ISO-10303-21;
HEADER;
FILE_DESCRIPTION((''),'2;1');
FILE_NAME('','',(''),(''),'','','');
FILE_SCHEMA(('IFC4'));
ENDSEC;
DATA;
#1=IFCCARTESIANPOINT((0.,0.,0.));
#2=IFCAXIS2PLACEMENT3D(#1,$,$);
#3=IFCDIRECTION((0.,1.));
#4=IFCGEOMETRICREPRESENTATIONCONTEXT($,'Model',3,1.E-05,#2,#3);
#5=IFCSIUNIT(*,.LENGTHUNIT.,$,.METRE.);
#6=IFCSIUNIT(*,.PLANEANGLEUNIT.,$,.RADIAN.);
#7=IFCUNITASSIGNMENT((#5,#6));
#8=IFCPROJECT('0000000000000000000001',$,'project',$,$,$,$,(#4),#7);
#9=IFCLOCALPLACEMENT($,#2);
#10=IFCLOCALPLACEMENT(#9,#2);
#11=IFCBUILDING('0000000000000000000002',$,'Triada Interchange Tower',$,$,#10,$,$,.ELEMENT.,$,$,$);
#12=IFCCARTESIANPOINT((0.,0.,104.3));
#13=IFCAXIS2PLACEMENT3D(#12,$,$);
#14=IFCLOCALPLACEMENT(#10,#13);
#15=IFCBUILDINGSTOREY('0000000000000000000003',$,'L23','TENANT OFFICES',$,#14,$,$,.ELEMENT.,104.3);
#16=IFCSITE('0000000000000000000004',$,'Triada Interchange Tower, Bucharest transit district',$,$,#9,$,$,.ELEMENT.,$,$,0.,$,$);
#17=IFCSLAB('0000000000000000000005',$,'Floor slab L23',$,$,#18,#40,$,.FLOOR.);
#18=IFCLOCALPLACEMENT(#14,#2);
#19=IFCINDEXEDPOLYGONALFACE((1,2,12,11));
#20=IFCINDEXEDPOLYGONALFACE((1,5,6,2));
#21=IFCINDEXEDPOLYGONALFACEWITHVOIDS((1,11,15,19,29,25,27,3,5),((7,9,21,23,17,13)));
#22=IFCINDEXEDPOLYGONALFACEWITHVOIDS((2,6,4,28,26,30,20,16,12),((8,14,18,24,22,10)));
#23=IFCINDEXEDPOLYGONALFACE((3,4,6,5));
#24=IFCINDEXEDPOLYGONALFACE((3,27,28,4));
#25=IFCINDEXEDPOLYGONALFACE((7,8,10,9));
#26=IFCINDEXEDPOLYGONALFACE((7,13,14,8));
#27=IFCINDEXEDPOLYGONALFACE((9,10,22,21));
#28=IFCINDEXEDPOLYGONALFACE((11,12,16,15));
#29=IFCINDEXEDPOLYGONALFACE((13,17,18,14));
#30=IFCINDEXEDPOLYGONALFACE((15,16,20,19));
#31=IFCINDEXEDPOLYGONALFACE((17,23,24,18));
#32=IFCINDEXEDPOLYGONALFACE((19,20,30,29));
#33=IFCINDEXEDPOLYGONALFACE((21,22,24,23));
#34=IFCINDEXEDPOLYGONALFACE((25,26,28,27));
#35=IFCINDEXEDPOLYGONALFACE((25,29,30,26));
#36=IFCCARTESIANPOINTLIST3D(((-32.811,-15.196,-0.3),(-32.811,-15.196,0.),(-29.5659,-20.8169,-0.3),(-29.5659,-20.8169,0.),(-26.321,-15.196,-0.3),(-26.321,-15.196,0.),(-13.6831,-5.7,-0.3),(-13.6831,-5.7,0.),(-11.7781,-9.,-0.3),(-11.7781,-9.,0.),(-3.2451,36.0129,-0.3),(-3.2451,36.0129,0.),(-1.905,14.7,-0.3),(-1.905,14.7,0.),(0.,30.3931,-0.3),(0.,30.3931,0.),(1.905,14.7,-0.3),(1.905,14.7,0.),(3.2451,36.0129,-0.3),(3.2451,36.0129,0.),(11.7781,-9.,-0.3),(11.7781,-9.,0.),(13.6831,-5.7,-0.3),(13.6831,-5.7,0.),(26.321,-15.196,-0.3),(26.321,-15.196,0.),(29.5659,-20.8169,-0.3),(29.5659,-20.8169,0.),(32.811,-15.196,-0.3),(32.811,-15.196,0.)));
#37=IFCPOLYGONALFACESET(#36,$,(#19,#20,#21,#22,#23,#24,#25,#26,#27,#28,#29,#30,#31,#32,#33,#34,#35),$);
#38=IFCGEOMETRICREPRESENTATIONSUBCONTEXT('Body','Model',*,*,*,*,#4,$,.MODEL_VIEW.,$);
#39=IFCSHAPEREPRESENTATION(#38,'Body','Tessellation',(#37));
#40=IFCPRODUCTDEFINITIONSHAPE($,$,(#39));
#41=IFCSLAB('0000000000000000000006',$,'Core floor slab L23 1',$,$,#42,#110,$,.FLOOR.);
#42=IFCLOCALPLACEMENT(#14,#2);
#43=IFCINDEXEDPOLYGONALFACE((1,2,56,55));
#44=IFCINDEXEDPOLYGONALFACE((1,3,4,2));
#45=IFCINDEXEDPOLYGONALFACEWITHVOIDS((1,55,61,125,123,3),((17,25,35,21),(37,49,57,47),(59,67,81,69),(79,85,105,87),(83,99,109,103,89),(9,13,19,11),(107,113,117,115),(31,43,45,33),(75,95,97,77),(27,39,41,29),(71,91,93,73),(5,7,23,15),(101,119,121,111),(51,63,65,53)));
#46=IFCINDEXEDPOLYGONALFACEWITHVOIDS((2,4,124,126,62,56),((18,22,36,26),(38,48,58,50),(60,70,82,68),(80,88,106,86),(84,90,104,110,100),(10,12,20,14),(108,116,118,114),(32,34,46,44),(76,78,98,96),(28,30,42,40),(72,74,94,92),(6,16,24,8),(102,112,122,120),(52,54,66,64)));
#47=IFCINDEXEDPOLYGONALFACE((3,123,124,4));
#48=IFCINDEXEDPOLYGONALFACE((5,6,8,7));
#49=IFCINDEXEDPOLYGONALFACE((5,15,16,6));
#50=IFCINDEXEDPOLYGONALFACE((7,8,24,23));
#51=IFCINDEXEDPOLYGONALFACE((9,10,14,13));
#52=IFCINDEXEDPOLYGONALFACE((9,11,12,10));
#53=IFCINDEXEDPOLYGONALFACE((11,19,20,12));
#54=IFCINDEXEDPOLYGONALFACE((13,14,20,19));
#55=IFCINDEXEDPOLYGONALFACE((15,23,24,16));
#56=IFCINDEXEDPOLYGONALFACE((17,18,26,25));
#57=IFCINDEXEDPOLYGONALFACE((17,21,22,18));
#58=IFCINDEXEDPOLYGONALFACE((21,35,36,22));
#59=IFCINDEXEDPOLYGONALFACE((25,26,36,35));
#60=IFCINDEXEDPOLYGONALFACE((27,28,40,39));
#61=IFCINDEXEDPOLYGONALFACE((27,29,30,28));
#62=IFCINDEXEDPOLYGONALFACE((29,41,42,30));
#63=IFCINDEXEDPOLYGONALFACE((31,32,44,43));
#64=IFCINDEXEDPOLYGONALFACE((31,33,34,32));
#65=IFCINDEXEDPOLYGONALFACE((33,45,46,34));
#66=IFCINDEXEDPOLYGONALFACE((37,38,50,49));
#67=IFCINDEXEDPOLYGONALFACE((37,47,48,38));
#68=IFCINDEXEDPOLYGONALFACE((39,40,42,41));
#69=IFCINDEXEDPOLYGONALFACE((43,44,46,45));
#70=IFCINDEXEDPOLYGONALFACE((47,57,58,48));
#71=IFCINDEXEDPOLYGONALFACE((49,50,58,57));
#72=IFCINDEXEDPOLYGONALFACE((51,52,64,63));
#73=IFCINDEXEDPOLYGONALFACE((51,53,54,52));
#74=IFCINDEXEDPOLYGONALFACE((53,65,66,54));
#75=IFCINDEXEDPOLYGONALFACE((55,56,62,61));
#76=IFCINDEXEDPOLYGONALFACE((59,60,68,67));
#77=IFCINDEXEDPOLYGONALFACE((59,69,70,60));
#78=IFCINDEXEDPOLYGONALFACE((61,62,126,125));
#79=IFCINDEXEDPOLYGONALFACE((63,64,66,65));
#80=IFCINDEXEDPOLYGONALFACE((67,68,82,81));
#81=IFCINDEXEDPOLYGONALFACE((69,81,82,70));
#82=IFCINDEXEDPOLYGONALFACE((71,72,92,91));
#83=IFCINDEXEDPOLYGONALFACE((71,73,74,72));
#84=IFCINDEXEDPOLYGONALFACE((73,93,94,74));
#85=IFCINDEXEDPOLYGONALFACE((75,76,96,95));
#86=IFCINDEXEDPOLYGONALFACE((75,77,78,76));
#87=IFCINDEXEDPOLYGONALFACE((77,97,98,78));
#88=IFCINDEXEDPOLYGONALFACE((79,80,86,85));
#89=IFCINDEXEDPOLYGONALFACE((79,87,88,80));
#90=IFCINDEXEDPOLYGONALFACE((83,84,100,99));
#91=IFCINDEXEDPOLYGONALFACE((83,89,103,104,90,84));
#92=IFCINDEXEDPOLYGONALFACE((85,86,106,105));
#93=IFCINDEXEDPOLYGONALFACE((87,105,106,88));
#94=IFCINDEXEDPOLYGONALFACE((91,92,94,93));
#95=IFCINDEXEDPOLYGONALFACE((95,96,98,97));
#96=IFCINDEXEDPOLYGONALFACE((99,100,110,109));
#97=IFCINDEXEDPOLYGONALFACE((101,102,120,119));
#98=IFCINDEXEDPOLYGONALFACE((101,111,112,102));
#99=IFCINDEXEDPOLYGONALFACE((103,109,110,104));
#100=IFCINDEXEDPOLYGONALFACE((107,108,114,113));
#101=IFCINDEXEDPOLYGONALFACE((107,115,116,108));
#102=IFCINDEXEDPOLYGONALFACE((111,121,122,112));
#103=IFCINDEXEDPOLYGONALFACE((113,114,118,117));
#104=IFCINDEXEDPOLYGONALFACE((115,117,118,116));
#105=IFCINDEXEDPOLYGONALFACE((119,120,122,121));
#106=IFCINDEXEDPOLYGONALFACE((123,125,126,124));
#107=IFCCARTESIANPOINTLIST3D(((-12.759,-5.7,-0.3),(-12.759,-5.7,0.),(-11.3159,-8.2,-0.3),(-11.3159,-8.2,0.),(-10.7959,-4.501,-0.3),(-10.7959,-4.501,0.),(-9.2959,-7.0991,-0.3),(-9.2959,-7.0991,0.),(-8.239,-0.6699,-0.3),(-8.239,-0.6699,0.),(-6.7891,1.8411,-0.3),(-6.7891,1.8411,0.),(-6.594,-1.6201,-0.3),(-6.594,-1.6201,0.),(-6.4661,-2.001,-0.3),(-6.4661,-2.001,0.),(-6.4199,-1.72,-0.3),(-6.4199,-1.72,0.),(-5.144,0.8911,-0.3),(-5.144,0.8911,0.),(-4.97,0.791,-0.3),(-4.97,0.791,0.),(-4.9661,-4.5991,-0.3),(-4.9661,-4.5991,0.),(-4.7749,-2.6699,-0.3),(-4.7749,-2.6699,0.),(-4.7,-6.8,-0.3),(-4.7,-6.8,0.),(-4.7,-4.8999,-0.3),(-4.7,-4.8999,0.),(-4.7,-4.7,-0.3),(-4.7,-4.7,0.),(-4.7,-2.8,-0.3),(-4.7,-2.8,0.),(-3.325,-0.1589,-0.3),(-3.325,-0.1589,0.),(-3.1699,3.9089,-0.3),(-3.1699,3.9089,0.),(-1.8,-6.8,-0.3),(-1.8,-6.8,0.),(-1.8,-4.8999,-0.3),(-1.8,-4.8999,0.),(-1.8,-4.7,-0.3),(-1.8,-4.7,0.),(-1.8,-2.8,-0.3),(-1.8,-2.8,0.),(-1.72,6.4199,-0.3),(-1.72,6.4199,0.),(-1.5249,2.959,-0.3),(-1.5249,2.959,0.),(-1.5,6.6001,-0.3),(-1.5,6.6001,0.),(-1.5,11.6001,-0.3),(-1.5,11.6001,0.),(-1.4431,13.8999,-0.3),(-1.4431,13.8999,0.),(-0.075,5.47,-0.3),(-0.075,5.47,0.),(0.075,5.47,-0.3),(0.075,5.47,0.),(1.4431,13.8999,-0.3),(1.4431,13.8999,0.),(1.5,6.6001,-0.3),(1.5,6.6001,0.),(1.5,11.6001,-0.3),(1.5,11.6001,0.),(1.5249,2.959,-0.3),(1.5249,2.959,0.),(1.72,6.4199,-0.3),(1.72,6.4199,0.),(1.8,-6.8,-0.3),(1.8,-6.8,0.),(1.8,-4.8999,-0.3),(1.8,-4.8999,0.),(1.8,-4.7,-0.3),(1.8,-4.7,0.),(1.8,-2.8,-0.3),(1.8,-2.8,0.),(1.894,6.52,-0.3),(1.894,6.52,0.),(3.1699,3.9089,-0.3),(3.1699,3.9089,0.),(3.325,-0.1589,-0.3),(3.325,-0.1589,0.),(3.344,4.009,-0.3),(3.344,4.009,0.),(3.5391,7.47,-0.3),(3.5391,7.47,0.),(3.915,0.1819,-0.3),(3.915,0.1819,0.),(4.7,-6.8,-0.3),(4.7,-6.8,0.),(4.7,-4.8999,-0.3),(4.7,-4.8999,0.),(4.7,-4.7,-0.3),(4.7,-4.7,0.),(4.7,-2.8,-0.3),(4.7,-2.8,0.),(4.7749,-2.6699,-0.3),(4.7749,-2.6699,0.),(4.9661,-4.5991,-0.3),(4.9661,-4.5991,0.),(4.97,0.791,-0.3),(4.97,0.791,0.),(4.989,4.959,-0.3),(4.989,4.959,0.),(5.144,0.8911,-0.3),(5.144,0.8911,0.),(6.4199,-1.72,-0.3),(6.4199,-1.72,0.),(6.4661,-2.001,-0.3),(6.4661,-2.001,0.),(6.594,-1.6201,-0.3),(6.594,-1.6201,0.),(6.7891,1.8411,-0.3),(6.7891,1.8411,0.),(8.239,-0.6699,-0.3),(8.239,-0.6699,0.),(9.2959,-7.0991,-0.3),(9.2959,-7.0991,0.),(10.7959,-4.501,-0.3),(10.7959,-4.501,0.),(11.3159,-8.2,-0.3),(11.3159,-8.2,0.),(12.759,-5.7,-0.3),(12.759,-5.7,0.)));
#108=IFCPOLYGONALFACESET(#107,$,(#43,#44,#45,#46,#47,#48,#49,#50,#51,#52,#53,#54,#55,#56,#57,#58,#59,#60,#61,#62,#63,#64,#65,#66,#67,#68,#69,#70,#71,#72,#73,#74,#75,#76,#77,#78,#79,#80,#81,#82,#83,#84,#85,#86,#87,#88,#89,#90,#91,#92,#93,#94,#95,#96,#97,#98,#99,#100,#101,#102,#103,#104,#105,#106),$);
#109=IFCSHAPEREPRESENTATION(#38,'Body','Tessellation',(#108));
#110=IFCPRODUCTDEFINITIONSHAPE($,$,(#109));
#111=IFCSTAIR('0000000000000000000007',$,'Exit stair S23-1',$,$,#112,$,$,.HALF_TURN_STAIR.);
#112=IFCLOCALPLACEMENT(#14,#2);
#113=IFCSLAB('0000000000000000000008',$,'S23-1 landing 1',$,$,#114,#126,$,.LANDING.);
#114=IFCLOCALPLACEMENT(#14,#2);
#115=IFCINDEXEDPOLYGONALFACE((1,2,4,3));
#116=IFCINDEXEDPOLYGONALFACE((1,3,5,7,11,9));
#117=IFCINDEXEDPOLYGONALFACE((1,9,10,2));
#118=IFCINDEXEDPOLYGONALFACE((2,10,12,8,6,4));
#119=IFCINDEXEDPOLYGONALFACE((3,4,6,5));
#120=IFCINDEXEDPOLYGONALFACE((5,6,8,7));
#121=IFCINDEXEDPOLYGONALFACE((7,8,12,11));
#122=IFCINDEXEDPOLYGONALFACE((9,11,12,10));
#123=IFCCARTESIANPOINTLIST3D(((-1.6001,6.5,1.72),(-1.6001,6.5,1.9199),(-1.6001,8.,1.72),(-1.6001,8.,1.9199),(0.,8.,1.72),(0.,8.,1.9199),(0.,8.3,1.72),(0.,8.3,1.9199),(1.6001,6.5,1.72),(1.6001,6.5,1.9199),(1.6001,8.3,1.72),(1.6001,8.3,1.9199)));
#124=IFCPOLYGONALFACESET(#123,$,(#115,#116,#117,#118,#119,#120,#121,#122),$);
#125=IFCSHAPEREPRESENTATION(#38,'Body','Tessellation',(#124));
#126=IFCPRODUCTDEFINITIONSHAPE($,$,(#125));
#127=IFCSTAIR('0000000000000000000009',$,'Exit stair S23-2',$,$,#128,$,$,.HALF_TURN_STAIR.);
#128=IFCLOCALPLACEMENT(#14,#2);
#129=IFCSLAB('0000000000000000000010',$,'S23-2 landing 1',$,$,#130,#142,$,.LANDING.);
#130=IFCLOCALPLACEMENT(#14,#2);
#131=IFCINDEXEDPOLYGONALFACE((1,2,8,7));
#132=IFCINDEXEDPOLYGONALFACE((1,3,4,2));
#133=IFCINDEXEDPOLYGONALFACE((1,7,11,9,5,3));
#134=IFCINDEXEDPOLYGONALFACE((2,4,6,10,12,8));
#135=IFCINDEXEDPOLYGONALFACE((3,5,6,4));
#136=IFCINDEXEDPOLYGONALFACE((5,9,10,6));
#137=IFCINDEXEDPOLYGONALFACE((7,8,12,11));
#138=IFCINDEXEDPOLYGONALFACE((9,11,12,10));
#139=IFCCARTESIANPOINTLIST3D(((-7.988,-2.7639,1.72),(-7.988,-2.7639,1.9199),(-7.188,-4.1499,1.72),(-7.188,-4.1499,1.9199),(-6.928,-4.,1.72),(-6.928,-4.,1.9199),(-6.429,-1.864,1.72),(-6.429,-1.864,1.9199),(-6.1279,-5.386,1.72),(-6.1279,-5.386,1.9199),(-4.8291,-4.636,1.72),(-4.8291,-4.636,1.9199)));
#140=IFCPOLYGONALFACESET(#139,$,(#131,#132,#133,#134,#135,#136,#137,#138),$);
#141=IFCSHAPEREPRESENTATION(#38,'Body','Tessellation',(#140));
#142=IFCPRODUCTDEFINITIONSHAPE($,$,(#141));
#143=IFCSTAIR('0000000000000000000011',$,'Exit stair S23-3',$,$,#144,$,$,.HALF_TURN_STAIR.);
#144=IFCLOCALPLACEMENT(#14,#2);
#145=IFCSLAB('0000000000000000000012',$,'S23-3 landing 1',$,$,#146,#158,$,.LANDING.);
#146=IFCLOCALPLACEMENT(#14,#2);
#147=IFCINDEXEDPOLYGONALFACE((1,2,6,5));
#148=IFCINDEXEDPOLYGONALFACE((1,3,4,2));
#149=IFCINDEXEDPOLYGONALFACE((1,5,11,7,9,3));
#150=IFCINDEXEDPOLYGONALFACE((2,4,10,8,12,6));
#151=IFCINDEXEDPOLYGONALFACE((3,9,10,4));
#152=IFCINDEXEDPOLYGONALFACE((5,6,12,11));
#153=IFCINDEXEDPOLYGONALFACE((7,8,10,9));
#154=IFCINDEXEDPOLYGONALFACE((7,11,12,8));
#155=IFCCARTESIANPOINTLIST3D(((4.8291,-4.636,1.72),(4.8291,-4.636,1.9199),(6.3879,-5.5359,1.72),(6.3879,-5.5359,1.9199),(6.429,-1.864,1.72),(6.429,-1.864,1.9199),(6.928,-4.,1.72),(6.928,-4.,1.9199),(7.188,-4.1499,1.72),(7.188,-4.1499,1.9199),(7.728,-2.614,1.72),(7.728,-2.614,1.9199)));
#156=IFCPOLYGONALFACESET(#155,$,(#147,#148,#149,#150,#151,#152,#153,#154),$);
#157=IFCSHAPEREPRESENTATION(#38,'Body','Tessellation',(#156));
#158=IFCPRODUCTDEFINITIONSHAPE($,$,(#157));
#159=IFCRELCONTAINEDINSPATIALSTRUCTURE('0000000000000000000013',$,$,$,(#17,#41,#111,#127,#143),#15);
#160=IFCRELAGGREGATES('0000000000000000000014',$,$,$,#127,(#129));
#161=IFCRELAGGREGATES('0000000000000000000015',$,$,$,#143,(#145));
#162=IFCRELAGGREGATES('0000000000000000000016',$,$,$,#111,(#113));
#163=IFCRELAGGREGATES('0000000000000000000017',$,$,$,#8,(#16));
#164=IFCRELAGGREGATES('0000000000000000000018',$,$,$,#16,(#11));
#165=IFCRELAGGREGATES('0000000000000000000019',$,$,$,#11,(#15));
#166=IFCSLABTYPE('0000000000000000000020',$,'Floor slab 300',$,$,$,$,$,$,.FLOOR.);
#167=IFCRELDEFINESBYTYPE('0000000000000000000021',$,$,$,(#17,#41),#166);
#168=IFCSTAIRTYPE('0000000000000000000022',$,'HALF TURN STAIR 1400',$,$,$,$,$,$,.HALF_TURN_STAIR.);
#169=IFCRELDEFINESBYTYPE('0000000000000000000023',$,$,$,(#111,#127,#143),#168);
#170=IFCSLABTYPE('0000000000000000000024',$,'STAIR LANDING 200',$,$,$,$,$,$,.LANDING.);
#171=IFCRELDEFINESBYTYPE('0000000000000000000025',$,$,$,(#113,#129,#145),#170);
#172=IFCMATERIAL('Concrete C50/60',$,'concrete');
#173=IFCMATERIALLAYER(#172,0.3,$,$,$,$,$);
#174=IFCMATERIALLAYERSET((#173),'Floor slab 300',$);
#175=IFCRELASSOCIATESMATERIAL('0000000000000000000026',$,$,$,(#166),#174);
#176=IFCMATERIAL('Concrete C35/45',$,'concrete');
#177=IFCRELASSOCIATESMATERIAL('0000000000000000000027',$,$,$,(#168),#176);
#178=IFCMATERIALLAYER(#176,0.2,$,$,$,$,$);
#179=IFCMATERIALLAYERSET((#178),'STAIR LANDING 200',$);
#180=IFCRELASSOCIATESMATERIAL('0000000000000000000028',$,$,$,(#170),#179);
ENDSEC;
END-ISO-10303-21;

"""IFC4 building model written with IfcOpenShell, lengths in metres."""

from ifc_helpers import new_model, si_unit, direction, frame, origin, place, context, subcontext, project, spatial, polyline, outline, extrude, material, layer, layer_set, type_object, element, aggregate, save


model = new_model("IFC4")

# Units and contexts
model_context = context("Model", 3, precision=1e-05, world=origin(), true_north=direction((0.0, 1.0)))
body_context = subcontext(model_context, "Body", "Model", "MODEL_VIEW")
ifc_project = project(units=[si_unit("LENGTHUNIT", "METRE"), si_unit("PLANEANGLEUNIT", "RADIAN")], contexts=[model_context])

# Site, building, storey
site_placement = place(None, origin())
site = spatial("IfcSite", under=ifc_project, at=site_placement, Name="Triada Interchange Tower, Bucharest transit district", CompositionType="ELEMENT", RefElevation=0.0)
building_placement = place(site_placement, origin())
building = spatial("IfcBuilding", under=site, at=building_placement, Name="Triada Interchange Tower", CompositionType="ELEMENT")
storey_placement = place(building_placement, frame((0.0, 0.0, 104.3)))
storey = spatial("IfcBuildingStorey", under=building, at=storey_placement, Name="L23", Description="TENANT OFFICES", CompositionType="ELEMENT", Elevation=104.3)

# Slabs
ifc_material_1 = material(Name="Concrete C50/60", Category="concrete")
ifc_layer_1 = layer(ifc_material_1, 0.3)
ifc_layer_set_1 = layer_set([ifc_layer_1], Name="Floor slab 300")
slab_type_1 = type_object("IfcSlabType", Name="Floor slab 300", PredefinedType="FLOOR", material=ifc_layer_set_1)
slab_1_placement = place(storey_placement, frame((0.0, 0.0, -0.3)))
element("IfcSlab", 1, at=slab_1_placement, inside=storey, type_object=slab_type_1, Name="Floor slab L23", PredefinedType="FLOOR", context=body_context, shape_type="SweptSolid", body=[
    extrude(outline(polyline([(-3.2451, 36.0129), (-32.811, -15.196), (-26.321, -15.196), (-29.5659, -20.8169), (29.5659, -20.8169), (26.321, -15.196), (32.811, -15.196), (3.2451, 36.0129), (0.0, 30.3931), (-3.2451, 36.0129)]), holes=[polyline([(1.905, 14.7), (-1.905, 14.7), (-13.6831, -5.7), (-11.7781, -9.0), (11.7781, -9.0), (13.6831, -5.7), (1.905, 14.7)])]), origin(), (0.0, 0.0, 1.0), 0.3),
])
slab_2_placement = place(storey_placement, frame((0.0, 0.0, -0.3)))
element("IfcSlab", 2, at=slab_2_placement, inside=storey, type_object=slab_type_1, Name="Core floor slab L23 1", PredefinedType="FLOOR", context=body_context, shape_type="SweptSolid", body=[
    extrude(outline(polyline([(12.759, -5.7), (11.3159, -8.2), (-11.3159, -8.2), (-12.759, -5.7), (-1.4431, 13.8999), (1.4431, 13.8999), (12.759, -5.7)]), holes=[polyline([(9.2959, -7.0991), (10.7959, -4.501), (6.4661, -2.001), (4.9661, -4.5991), (9.2959, -7.0991)]), polyline([(6.7891, 1.8411), (5.144, 0.8911), (6.594, -1.6201), (8.239, -0.6699), (6.7891, 1.8411)]), polyline([(4.7749, -2.6699), (6.4199, -1.72), (4.97, 0.791), (3.915, 0.1819), (3.325, -0.1589), (4.7749, -2.6699)]), polyline([(1.894, 6.52), (3.344, 4.009), (4.989, 4.959), (3.5391, 7.47), (1.894, 6.52)]), polyline([(4.7, -6.8), (4.7, -4.8999), (1.8, -4.8999), (1.8, -6.8), (4.7, -6.8)]), polyline([(4.7, -2.8), (1.8, -2.8), (1.8, -4.7), (4.7, -4.7), (4.7, -2.8)]), polyline([(0.075, 5.47), (1.5249, 2.959), (3.1699, 3.9089), (1.72, 6.4199), (0.075, 5.47)]), polyline([(1.5, 11.6001), (-1.5, 11.6001), (-1.5, 6.6001), (1.5, 6.6001), (1.5, 11.6001)]), polyline([(-1.5249, 2.959), (-0.075, 5.47), (-1.72, 6.4199), (-3.1699, 3.9089), (-1.5249, 2.959)]), polyline([(-1.8, -2.8), (-4.7, -2.8), (-4.7, -4.7), (-1.8, -4.7), (-1.8, -2.8)]), polyline([(-4.7, -6.8), (-1.8, -6.8), (-1.8, -4.8999), (-4.7, -4.8999), (-4.7, -6.8)]), polyline([(-4.7749, -2.6699), (-3.325, -0.1589), (-4.97, 0.791), (-6.4199, -1.72), (-4.7749, -2.6699)]), polyline([(-10.7959, -4.501), (-9.2959, -7.0991), (-4.9661, -4.5991), (-6.4661, -2.001), (-10.7959, -4.501)]), polyline([(-6.594, -1.6201), (-5.144, 0.8911), (-6.7891, 1.8411), (-8.239, -0.6699), (-6.594, -1.6201)])]), origin(), (0.0, 0.0, 1.0), 0.3),
])

# Stairs, slabs
ifc_material_2 = material(Name="Concrete C35/45", Category="concrete")
stair_type = type_object("IfcStairType", Name="HALF TURN STAIR 1400", PredefinedType="HALF_TURN_STAIR", material=ifc_material_2)
stair_1_placement = place(storey_placement, origin())
stair_1 = element("IfcStair", 3, at=stair_1_placement, inside=storey, type_object=stair_type, Name="Exit stair S23-1", PredefinedType="HALF_TURN_STAIR")
ifc_layer_2 = layer(ifc_material_2, 0.2)
ifc_layer_set_2 = layer_set([ifc_layer_2], Name="STAIR LANDING 200")
slab_type_2 = type_object("IfcSlabType", Name="STAIR LANDING 200", PredefinedType="LANDING", material=ifc_layer_set_2)
slab_3_placement = place(storey_placement, frame((0.0, 0.0, 1.72)))
slab_3 = element("IfcSlab", 4, at=slab_3_placement, type_object=slab_type_2, Name="S23-1 landing 1", PredefinedType="LANDING", context=body_context, shape_type="SweptSolid", body=[
    extrude(outline(polyline([(1.6001, 6.5), (1.6001, 8.3), (0.0, 8.3), (0.0, 8.0), (-1.6001, 8.0), (-1.6001, 6.5), (1.6001, 6.5)])), origin(), (0.0, 0.0, 1.0), 0.2),
])
stair_2_placement = place(storey_placement, origin())
stair_2 = element("IfcStair", 5, at=stair_2_placement, inside=storey, type_object=stair_type, Name="Exit stair S23-2", PredefinedType="HALF_TURN_STAIR")
slab_4_placement = place(storey_placement, frame((0.0, 0.0, 1.72)))
slab_4 = element("IfcSlab", 6, at=slab_4_placement, type_object=slab_type_2, Name="S23-2 landing 1", PredefinedType="LANDING", context=body_context, shape_type="SweptSolid", body=[
    extrude(outline(polyline([(-6.429, -1.864), (-7.988, -2.7639), (-7.188, -4.1499), (-6.928, -4.0), (-6.1279, -5.386), (-4.8291, -4.636), (-6.429, -1.864)])), origin(), (0.0, 0.0, 1.0), 0.2),
])
aggregate(stair_2, [slab_4])
stair_3_placement = place(storey_placement, origin())
stair_3 = element("IfcStair", 7, at=stair_3_placement, inside=storey, type_object=stair_type, Name="Exit stair S23-3", PredefinedType="HALF_TURN_STAIR")
slab_5_placement = place(storey_placement, frame((0.0, 0.0, 1.72)))
slab_5 = element("IfcSlab", 8, at=slab_5_placement, type_object=slab_type_2, Name="S23-3 landing 1", PredefinedType="LANDING", context=body_context, shape_type="SweptSolid", body=[
    extrude(outline(polyline([(4.8291, -4.636), (6.3879, -5.5359), (7.188, -4.1499), (6.928, -4.0), (7.728, -2.614), (6.429, -1.864), (4.8291, -4.636)])), origin(), (0.0, 0.0, 1.0), 0.2),
])
aggregate(stair_3, [slab_5])

aggregate(stair_1, [slab_3])

save(model, "model.ifc")
